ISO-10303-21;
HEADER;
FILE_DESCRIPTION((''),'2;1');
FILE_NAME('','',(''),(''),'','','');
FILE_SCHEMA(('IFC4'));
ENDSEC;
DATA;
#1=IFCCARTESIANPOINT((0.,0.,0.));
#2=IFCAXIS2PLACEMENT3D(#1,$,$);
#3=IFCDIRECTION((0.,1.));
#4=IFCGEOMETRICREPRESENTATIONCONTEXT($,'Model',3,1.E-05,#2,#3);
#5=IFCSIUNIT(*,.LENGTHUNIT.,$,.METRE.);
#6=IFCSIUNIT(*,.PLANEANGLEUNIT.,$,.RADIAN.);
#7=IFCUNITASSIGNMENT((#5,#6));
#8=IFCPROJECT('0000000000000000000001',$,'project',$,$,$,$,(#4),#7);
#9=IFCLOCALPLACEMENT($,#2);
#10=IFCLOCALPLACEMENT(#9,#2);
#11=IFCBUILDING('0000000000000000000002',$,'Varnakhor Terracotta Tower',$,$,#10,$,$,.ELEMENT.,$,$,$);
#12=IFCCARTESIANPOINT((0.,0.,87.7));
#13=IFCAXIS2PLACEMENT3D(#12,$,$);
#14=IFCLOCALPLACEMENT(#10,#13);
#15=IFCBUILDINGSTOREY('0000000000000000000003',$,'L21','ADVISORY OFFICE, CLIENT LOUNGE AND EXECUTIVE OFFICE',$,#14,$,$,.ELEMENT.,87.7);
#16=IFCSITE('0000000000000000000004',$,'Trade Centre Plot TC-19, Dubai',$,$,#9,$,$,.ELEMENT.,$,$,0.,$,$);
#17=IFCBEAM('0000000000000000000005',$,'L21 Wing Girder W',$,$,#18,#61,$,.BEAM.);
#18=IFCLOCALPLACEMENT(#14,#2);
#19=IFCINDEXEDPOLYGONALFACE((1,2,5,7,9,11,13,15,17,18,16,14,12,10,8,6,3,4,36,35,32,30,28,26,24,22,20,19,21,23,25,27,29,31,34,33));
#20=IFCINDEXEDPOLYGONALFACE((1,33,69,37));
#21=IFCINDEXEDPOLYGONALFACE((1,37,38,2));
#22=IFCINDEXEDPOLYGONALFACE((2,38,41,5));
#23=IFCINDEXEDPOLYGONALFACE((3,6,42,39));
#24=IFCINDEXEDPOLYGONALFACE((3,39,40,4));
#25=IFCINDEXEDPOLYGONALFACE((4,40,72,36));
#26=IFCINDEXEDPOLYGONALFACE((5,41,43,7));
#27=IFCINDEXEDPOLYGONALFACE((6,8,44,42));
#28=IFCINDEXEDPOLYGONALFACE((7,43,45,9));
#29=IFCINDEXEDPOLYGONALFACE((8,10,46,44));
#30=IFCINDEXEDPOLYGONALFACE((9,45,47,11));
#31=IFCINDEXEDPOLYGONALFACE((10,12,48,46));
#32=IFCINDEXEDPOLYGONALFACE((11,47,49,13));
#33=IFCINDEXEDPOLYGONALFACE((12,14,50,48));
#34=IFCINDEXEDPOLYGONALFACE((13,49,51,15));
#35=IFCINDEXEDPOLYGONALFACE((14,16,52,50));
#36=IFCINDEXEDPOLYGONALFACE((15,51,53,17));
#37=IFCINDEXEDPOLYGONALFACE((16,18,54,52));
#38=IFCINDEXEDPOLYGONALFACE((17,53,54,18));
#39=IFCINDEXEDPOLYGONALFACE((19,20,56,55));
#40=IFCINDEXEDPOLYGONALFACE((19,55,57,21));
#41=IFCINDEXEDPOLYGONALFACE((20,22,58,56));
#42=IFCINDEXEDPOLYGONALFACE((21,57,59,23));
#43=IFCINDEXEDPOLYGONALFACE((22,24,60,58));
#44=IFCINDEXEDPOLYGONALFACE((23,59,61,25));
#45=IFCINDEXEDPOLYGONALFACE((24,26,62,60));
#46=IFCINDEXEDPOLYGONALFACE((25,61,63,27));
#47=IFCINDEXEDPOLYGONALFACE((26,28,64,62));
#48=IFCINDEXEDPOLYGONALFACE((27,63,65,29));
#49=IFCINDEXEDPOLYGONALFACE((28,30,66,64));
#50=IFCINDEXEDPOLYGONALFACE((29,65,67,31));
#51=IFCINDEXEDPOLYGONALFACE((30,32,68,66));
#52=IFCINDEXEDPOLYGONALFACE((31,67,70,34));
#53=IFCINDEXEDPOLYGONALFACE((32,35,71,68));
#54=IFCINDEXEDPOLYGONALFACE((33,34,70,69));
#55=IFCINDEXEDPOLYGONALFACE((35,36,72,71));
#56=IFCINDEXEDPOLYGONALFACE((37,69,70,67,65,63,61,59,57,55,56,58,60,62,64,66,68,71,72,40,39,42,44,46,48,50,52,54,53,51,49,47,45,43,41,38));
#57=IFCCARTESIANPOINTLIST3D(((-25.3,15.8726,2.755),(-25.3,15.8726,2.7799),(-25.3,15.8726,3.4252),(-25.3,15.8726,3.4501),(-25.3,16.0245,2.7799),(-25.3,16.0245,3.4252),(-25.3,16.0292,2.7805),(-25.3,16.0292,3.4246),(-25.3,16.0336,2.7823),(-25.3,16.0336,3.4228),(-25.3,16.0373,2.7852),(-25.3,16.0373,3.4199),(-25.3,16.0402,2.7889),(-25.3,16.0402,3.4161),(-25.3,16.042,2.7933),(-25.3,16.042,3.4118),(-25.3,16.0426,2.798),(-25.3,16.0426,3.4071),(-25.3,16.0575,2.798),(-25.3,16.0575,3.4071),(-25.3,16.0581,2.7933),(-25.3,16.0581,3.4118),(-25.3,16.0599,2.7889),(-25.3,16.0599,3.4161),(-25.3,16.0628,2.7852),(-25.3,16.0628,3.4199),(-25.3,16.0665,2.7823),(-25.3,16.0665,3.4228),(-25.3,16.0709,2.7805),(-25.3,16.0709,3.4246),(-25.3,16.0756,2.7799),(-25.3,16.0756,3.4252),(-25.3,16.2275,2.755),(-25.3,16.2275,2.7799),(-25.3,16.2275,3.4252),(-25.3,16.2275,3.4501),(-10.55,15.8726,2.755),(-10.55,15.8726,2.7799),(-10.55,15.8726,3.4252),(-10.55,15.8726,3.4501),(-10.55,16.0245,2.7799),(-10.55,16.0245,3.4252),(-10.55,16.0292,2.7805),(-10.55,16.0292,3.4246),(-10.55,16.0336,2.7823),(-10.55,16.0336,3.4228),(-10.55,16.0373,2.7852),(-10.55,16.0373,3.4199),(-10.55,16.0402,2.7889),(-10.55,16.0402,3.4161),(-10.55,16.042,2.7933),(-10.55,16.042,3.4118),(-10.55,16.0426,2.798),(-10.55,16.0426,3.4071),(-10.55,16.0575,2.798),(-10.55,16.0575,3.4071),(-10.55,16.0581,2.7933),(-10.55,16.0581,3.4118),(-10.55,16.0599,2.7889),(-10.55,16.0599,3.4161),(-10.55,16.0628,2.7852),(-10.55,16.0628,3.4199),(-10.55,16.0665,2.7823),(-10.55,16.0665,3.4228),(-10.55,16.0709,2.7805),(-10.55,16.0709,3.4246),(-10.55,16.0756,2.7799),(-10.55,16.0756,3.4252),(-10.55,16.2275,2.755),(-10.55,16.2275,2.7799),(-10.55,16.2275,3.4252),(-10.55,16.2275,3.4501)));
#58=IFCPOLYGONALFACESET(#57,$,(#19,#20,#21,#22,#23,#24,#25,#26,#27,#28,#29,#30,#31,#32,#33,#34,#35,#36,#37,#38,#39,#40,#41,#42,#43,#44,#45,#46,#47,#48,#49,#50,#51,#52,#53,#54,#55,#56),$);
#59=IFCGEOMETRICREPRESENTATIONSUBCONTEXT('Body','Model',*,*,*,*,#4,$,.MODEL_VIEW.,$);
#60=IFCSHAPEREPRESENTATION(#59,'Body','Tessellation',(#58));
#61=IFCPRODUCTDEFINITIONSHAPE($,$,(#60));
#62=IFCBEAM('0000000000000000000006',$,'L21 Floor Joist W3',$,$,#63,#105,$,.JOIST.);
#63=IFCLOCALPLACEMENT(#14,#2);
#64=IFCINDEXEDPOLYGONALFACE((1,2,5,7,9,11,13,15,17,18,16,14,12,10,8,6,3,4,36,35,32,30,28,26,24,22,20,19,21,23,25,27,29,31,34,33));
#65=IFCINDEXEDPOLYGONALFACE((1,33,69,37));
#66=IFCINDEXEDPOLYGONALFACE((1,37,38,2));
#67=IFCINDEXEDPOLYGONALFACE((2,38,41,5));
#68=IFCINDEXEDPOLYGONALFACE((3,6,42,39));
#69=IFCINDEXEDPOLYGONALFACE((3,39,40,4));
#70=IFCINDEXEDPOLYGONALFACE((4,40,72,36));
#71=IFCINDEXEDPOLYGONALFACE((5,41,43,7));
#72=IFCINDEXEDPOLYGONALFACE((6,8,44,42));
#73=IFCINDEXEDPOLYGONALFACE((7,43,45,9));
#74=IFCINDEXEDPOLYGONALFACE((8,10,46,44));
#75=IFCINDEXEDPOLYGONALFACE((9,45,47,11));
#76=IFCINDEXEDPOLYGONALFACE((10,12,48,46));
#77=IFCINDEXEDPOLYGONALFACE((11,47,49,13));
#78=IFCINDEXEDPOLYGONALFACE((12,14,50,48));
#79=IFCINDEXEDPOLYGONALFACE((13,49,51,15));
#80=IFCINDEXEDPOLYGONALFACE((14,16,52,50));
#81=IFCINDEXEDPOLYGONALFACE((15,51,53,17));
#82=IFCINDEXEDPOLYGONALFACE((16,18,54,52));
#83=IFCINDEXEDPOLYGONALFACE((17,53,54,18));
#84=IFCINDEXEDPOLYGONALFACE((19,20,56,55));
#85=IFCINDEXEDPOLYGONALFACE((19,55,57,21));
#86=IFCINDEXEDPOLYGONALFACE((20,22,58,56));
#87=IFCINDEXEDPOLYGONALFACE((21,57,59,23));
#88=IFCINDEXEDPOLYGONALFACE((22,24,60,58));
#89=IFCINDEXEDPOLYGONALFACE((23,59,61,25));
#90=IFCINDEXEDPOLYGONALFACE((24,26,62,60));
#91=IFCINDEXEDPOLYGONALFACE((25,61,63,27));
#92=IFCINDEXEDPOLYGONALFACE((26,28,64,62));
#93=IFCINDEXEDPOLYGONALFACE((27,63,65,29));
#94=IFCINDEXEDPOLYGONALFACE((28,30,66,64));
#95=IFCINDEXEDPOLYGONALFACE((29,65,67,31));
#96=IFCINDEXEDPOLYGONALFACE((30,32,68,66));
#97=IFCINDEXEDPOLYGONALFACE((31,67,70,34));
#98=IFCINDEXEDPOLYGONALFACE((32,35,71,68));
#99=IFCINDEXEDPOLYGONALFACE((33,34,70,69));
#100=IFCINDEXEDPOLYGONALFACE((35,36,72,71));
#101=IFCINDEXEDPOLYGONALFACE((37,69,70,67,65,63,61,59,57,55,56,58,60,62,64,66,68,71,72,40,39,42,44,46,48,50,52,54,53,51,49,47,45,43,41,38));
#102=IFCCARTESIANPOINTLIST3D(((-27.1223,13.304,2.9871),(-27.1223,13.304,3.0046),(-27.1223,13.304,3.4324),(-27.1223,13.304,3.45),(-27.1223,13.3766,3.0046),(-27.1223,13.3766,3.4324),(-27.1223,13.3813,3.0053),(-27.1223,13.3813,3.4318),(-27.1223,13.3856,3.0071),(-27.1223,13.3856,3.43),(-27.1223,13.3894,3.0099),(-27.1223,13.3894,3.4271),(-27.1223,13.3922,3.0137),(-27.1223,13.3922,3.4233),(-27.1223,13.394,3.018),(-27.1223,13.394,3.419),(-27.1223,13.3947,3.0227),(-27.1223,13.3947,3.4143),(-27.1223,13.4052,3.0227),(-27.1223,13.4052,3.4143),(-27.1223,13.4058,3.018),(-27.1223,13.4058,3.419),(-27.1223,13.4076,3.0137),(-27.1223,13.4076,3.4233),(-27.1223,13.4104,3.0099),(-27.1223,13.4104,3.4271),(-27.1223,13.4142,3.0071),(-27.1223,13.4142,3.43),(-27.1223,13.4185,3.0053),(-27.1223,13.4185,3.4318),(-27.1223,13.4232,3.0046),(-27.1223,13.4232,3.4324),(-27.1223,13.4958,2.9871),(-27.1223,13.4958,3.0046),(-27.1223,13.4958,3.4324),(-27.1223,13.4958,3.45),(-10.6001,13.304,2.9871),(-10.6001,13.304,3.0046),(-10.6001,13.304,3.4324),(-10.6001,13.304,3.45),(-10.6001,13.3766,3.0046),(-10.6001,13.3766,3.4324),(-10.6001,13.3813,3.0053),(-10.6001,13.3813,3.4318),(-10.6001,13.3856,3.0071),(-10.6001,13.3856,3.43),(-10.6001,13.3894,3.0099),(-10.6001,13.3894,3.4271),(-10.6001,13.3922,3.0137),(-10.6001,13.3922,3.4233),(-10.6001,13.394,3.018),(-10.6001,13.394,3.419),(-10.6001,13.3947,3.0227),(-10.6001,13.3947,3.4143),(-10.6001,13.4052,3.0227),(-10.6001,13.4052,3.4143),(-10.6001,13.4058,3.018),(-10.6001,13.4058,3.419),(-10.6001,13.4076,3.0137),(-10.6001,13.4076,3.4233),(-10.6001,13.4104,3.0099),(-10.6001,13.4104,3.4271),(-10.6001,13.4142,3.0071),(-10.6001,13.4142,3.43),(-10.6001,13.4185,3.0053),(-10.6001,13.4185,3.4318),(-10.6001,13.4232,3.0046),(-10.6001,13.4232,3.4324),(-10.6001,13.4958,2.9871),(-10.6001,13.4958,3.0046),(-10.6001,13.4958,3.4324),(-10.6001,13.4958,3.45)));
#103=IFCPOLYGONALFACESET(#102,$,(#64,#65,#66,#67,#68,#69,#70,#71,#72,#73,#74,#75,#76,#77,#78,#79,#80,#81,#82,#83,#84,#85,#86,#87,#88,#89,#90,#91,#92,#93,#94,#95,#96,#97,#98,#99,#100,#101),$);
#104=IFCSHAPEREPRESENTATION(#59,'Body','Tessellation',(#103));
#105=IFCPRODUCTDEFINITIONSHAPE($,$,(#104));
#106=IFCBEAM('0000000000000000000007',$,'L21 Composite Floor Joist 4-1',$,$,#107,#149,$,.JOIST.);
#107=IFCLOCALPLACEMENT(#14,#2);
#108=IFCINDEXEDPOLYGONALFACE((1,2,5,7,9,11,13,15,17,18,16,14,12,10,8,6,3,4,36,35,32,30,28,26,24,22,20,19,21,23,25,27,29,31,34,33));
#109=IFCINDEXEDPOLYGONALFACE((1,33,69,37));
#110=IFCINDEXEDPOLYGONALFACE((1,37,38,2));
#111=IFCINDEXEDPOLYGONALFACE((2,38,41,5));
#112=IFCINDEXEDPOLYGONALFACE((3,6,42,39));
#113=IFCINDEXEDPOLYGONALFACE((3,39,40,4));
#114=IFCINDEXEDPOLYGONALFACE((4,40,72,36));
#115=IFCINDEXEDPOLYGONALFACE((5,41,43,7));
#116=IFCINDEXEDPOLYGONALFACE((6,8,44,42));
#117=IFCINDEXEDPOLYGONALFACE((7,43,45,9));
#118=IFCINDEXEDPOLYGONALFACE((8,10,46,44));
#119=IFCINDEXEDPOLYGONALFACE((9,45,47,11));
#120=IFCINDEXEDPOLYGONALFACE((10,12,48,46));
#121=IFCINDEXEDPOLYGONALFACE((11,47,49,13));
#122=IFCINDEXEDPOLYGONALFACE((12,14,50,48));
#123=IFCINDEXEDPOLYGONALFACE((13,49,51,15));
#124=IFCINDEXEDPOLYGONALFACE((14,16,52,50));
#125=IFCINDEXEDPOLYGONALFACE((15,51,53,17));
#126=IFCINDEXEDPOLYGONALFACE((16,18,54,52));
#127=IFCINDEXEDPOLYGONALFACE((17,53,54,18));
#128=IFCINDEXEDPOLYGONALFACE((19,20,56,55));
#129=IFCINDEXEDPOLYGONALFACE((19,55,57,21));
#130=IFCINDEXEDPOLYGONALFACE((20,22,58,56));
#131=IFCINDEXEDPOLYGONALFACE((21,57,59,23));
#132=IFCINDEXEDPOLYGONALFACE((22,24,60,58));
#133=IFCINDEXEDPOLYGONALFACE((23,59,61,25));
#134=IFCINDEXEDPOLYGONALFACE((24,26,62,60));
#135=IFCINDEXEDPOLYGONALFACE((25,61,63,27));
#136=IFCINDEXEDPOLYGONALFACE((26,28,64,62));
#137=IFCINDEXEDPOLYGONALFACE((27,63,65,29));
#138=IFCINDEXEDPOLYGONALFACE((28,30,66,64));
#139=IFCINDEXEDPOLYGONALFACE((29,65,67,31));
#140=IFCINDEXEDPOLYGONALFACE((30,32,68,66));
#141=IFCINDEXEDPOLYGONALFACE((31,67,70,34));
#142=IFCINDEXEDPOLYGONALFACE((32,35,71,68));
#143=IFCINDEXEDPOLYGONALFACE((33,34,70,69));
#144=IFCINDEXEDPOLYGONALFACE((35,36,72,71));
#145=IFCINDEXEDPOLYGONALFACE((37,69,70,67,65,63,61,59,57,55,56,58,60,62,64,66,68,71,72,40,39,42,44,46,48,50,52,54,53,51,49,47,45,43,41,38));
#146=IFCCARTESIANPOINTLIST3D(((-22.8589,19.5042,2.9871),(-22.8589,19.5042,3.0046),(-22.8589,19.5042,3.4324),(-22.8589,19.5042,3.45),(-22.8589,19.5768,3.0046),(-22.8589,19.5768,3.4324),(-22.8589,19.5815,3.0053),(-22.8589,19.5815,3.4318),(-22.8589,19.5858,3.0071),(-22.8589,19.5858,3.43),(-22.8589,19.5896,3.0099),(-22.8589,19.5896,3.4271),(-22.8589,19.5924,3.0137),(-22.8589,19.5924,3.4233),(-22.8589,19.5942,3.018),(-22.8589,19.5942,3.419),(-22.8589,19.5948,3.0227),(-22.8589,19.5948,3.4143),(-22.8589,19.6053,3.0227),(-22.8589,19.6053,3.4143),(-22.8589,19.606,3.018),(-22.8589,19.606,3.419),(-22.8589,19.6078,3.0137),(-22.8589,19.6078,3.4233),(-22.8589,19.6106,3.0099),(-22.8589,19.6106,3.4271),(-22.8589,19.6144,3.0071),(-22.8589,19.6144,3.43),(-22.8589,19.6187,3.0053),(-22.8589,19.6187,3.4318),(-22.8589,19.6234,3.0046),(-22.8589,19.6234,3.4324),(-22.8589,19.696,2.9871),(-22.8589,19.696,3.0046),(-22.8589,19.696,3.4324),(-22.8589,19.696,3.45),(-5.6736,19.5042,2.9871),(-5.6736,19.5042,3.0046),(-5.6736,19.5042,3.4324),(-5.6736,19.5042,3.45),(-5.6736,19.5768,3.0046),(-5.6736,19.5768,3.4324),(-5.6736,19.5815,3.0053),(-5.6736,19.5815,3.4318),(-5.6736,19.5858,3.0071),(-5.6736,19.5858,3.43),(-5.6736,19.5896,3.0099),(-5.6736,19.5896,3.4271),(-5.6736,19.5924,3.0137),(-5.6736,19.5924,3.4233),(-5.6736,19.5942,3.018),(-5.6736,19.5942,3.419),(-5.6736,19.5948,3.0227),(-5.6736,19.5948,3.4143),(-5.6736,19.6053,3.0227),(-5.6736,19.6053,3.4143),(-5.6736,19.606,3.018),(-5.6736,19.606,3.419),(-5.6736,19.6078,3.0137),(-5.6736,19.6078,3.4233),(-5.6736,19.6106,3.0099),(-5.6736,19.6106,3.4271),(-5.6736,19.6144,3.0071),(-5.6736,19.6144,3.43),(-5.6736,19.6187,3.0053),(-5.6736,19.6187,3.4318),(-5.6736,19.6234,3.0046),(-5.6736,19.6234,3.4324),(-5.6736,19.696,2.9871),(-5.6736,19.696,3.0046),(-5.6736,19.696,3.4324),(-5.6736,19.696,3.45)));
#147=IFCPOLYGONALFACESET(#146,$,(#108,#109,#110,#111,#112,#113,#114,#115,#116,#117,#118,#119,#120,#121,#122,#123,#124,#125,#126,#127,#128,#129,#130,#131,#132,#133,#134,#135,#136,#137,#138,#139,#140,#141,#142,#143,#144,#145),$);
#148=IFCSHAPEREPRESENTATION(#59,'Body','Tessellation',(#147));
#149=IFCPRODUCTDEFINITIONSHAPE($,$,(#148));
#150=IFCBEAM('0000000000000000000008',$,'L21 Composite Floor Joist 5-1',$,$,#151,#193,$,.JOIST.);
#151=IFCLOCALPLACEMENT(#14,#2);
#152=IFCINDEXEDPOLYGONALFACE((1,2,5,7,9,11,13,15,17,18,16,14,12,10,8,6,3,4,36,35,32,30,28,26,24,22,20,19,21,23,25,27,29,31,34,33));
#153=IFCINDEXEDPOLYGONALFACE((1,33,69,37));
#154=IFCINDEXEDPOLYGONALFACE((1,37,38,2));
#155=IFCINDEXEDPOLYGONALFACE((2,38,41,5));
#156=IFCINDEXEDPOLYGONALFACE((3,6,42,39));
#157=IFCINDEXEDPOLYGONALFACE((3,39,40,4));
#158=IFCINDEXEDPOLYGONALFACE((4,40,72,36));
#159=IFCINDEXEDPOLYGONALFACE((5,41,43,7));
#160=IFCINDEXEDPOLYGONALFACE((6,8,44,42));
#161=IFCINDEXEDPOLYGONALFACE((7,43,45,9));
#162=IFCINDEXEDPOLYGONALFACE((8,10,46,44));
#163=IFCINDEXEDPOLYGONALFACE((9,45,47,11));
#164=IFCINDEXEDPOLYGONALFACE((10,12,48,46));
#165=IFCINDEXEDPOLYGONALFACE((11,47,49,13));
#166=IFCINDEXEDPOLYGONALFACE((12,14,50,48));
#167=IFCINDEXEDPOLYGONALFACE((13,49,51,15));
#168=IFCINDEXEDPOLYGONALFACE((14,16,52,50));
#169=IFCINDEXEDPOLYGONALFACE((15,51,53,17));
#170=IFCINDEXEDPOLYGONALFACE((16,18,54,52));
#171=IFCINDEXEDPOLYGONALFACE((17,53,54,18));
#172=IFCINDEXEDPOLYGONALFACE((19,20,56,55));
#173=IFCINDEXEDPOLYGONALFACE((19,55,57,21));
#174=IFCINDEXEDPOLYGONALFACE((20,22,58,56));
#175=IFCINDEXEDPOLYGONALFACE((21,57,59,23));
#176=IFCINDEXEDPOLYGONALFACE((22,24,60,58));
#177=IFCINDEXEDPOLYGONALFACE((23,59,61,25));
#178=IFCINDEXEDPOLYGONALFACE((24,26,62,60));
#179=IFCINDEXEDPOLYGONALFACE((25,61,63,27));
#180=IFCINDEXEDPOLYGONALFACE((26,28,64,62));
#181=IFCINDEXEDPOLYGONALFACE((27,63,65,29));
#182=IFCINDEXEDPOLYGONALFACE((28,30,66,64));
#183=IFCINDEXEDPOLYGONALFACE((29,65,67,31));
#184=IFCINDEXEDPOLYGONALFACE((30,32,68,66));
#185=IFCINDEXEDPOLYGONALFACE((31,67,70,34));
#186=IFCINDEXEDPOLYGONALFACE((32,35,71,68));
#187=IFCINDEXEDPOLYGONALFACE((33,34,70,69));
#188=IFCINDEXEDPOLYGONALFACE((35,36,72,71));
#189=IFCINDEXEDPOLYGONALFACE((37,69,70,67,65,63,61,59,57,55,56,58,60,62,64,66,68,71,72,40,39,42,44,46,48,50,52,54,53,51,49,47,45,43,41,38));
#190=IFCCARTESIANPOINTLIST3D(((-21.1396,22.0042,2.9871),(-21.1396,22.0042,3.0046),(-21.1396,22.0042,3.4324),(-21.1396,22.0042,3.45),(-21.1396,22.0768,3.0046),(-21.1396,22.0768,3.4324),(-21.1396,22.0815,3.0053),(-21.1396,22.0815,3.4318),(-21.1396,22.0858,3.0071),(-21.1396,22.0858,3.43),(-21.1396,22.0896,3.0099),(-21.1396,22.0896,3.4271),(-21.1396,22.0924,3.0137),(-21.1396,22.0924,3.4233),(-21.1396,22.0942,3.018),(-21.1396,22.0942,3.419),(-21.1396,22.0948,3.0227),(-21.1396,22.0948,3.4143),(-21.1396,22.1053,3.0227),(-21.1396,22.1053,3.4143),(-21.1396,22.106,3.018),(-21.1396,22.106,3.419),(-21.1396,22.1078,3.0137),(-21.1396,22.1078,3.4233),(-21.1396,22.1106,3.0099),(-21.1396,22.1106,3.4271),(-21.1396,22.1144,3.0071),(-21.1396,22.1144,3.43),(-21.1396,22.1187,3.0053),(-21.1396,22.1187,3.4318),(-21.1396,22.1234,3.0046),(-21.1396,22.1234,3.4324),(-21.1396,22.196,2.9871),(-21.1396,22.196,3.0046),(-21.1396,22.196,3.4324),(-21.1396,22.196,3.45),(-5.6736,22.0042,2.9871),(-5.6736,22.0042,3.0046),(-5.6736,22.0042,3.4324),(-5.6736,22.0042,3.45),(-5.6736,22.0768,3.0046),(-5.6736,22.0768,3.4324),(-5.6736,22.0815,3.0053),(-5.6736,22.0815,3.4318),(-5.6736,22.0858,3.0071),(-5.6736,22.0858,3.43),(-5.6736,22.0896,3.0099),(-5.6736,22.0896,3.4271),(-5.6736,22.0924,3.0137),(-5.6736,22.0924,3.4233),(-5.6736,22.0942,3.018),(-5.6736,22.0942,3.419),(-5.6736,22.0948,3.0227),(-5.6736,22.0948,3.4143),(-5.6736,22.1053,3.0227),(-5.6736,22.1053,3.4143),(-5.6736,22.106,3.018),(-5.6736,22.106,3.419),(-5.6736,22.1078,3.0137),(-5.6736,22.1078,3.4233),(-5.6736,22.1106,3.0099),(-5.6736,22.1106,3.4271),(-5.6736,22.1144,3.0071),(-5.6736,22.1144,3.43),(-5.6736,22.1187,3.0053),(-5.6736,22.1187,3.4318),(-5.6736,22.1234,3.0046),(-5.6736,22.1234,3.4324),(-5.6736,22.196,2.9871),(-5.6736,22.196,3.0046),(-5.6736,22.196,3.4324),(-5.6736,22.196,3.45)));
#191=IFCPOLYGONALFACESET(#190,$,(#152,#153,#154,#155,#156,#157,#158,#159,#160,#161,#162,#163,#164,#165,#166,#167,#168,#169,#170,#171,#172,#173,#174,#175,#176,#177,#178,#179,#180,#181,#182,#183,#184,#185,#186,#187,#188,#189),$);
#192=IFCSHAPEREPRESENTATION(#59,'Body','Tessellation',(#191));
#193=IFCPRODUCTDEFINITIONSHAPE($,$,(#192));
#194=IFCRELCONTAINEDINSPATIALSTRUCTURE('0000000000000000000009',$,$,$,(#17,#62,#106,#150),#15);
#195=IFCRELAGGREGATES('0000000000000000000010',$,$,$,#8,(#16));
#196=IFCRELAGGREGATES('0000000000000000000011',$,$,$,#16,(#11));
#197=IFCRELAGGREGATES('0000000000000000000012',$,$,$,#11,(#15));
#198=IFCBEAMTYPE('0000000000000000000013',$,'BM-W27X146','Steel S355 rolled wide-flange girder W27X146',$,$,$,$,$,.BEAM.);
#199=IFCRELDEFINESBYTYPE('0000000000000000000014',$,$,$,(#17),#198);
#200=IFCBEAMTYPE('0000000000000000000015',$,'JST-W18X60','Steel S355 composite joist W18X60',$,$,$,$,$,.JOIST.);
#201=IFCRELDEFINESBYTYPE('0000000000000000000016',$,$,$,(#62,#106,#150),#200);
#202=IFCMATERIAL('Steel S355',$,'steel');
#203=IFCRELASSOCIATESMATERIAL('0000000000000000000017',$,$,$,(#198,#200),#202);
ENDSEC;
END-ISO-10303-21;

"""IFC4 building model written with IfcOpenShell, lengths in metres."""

from ifc_helpers import new_model, si_unit, direction, frame, origin, origin_2d, place, context, subcontext, project, spatial, i_section, extrude, source, transform, mapped, material, material_profile, profile_set, type_object, element, save


model = new_model("IFC4")

# Units and contexts
model_context = context("Model", 3, precision=1e-05, world=origin(), true_north=direction((0.0, 1.0)))
body_context = subcontext(model_context, "Body", "Model", "MODEL_VIEW")
ifc_project = project(units=[si_unit("LENGTHUNIT", "METRE"), si_unit("PLANEANGLEUNIT", "RADIAN")], contexts=[model_context])

# Site, building, storey
site_placement = place(None, origin())
site = spatial("IfcSite", under=ifc_project, at=site_placement, Name="Trade Centre Plot TC-19, Dubai", CompositionType="ELEMENT", RefElevation=0.0)
building_placement = place(site_placement, origin())
building = spatial("IfcBuilding", under=site, at=building_placement, Name="Varnakhor Terracotta Tower", CompositionType="ELEMENT")
storey_placement = place(building_placement, frame((0.0, 0.0, 87.7)))
storey = spatial("IfcBuildingStorey", under=building, at=storey_placement, Name="L21", Description="ADVISORY OFFICE, CLIENT LOUNGE AND EXECUTIVE OFFICE", CompositionType="ELEMENT", Elevation=87.7)

# Beams
ifc_material_1 = material(Name="Steel S355", Category="steel")
ifc_material_profile_1 = material_profile(ifc_material_1, i_section(OverallWidth=0.355, OverallDepth=0.6951, WebThickness=0.0149, FlangeThickness=0.0249, FilletRadius=0.0181, at=origin_2d()), Name="W27X146")
ifc_profile_set_1 = profile_set([ifc_material_profile_1], Name="Steel S355")
beam_type_1 = type_object("IfcBeamType", Name="BM-W27X146", Description="Steel S355 rolled wide-flange girder W27X146", PredefinedType="BEAM", material=ifc_profile_set_1)
shared_shape_1 = source(origin(), body_context, "Body", "SweptSolid", [
    extrude(i_section(OverallWidth=0.355, OverallDepth=0.6951, WebThickness=0.0149, FlangeThickness=0.0249, FilletRadius=0.0181, at=origin_2d()), origin(), (0.0, 0.0, 1.0), 14.75),
])
beam_1_placement = place(storey_placement, frame((-25.3, 16.05, 3.1025), z_axis=(1.0, 0.0, 0.0), x_axis=(0.0, 1.0, 0.0)))
element("IfcBeam", 1, at=beam_1_placement, inside=storey, type_object=beam_type_1, Name="L21 Wing Girder W", PredefinedType="BEAM", context=body_context, shape_type="MappedRepresentation", body=[
    mapped(shared_shape_1, transform((0.0, 0.0, 0.0), scale=1.0)),
])
ifc_material_profile_2 = material_profile(ifc_material_1, i_section(OverallWidth=0.1919, OverallDepth=0.4629, WebThickness=0.0105, FlangeThickness=0.0176, FilletRadius=0.0181, at=origin_2d()), Name="W18X60")
ifc_profile_set_2 = profile_set([ifc_material_profile_2], Name="Steel S355")
beam_type_2 = type_object("IfcBeamType", Name="JST-W18X60", Description="Steel S355 composite joist W18X60", PredefinedType="JOIST", material=ifc_profile_set_2)
shared_shape_2 = source(origin(), body_context, "Body", "SweptSolid", [
    extrude(i_section(OverallWidth=0.1919, OverallDepth=0.4629, WebThickness=0.0105, FlangeThickness=0.0176, FilletRadius=0.0181, at=origin_2d()), origin(), (0.0, 0.0, 1.0), 16.5222),
])
beam_2_placement = place(storey_placement, frame((-27.1223, 13.3999, 3.2185), z_axis=(1.0, 0.0, 0.0), x_axis=(0.0, 1.0, 0.0)))
element("IfcBeam", 2, at=beam_2_placement, inside=storey, type_object=beam_type_2, Name="L21 Floor Joist W3", PredefinedType="JOIST", context=body_context, shape_type="MappedRepresentation", body=[
    mapped(shared_shape_2, transform((0.0, 0.0, 0.0), scale=1.0)),
])
shared_shape_3 = source(origin(), body_context, "Body", "SweptSolid", [
    extrude(i_section(OverallWidth=0.1919, OverallDepth=0.4629, WebThickness=0.0105, FlangeThickness=0.0176, FilletRadius=0.0181, at=origin_2d()), origin(), (0.0, 0.0, 1.0), 17.1853),
])
beam_3_placement = place(storey_placement, frame((-22.8589, 19.6001, 3.2185), z_axis=(1.0, 0.0, 0.0), x_axis=(0.0, 1.0, 0.0)))
element("IfcBeam", 3, at=beam_3_placement, inside=storey, type_object=beam_type_2, Name="L21 Composite Floor Joist 4-1", PredefinedType="JOIST", context=body_context, shape_type="MappedRepresentation", body=[
    mapped(shared_shape_3, transform((0.0, 0.0, 0.0), scale=1.0)),
])
shared_shape_4 = source(origin(), body_context, "Body", "SweptSolid", [
    extrude(i_section(OverallWidth=0.1919, OverallDepth=0.4629, WebThickness=0.0105, FlangeThickness=0.0176, FilletRadius=0.0181, at=origin_2d()), origin(), (0.0, 0.0, 1.0), 15.4661),
])
beam_4_placement = place(storey_placement, frame((-21.1396, 22.1001, 3.2185), z_axis=(1.0, 0.0, 0.0), x_axis=(0.0, 1.0, 0.0)))
element("IfcBeam", 4, at=beam_4_placement, inside=storey, type_object=beam_type_2, Name="L21 Composite Floor Joist 5-1", PredefinedType="JOIST", context=body_context, shape_type="MappedRepresentation", body=[
    mapped(shared_shape_4, transform((0.0, 0.0, 0.0), scale=1.0)),
])

save(model, "model.ifc")
